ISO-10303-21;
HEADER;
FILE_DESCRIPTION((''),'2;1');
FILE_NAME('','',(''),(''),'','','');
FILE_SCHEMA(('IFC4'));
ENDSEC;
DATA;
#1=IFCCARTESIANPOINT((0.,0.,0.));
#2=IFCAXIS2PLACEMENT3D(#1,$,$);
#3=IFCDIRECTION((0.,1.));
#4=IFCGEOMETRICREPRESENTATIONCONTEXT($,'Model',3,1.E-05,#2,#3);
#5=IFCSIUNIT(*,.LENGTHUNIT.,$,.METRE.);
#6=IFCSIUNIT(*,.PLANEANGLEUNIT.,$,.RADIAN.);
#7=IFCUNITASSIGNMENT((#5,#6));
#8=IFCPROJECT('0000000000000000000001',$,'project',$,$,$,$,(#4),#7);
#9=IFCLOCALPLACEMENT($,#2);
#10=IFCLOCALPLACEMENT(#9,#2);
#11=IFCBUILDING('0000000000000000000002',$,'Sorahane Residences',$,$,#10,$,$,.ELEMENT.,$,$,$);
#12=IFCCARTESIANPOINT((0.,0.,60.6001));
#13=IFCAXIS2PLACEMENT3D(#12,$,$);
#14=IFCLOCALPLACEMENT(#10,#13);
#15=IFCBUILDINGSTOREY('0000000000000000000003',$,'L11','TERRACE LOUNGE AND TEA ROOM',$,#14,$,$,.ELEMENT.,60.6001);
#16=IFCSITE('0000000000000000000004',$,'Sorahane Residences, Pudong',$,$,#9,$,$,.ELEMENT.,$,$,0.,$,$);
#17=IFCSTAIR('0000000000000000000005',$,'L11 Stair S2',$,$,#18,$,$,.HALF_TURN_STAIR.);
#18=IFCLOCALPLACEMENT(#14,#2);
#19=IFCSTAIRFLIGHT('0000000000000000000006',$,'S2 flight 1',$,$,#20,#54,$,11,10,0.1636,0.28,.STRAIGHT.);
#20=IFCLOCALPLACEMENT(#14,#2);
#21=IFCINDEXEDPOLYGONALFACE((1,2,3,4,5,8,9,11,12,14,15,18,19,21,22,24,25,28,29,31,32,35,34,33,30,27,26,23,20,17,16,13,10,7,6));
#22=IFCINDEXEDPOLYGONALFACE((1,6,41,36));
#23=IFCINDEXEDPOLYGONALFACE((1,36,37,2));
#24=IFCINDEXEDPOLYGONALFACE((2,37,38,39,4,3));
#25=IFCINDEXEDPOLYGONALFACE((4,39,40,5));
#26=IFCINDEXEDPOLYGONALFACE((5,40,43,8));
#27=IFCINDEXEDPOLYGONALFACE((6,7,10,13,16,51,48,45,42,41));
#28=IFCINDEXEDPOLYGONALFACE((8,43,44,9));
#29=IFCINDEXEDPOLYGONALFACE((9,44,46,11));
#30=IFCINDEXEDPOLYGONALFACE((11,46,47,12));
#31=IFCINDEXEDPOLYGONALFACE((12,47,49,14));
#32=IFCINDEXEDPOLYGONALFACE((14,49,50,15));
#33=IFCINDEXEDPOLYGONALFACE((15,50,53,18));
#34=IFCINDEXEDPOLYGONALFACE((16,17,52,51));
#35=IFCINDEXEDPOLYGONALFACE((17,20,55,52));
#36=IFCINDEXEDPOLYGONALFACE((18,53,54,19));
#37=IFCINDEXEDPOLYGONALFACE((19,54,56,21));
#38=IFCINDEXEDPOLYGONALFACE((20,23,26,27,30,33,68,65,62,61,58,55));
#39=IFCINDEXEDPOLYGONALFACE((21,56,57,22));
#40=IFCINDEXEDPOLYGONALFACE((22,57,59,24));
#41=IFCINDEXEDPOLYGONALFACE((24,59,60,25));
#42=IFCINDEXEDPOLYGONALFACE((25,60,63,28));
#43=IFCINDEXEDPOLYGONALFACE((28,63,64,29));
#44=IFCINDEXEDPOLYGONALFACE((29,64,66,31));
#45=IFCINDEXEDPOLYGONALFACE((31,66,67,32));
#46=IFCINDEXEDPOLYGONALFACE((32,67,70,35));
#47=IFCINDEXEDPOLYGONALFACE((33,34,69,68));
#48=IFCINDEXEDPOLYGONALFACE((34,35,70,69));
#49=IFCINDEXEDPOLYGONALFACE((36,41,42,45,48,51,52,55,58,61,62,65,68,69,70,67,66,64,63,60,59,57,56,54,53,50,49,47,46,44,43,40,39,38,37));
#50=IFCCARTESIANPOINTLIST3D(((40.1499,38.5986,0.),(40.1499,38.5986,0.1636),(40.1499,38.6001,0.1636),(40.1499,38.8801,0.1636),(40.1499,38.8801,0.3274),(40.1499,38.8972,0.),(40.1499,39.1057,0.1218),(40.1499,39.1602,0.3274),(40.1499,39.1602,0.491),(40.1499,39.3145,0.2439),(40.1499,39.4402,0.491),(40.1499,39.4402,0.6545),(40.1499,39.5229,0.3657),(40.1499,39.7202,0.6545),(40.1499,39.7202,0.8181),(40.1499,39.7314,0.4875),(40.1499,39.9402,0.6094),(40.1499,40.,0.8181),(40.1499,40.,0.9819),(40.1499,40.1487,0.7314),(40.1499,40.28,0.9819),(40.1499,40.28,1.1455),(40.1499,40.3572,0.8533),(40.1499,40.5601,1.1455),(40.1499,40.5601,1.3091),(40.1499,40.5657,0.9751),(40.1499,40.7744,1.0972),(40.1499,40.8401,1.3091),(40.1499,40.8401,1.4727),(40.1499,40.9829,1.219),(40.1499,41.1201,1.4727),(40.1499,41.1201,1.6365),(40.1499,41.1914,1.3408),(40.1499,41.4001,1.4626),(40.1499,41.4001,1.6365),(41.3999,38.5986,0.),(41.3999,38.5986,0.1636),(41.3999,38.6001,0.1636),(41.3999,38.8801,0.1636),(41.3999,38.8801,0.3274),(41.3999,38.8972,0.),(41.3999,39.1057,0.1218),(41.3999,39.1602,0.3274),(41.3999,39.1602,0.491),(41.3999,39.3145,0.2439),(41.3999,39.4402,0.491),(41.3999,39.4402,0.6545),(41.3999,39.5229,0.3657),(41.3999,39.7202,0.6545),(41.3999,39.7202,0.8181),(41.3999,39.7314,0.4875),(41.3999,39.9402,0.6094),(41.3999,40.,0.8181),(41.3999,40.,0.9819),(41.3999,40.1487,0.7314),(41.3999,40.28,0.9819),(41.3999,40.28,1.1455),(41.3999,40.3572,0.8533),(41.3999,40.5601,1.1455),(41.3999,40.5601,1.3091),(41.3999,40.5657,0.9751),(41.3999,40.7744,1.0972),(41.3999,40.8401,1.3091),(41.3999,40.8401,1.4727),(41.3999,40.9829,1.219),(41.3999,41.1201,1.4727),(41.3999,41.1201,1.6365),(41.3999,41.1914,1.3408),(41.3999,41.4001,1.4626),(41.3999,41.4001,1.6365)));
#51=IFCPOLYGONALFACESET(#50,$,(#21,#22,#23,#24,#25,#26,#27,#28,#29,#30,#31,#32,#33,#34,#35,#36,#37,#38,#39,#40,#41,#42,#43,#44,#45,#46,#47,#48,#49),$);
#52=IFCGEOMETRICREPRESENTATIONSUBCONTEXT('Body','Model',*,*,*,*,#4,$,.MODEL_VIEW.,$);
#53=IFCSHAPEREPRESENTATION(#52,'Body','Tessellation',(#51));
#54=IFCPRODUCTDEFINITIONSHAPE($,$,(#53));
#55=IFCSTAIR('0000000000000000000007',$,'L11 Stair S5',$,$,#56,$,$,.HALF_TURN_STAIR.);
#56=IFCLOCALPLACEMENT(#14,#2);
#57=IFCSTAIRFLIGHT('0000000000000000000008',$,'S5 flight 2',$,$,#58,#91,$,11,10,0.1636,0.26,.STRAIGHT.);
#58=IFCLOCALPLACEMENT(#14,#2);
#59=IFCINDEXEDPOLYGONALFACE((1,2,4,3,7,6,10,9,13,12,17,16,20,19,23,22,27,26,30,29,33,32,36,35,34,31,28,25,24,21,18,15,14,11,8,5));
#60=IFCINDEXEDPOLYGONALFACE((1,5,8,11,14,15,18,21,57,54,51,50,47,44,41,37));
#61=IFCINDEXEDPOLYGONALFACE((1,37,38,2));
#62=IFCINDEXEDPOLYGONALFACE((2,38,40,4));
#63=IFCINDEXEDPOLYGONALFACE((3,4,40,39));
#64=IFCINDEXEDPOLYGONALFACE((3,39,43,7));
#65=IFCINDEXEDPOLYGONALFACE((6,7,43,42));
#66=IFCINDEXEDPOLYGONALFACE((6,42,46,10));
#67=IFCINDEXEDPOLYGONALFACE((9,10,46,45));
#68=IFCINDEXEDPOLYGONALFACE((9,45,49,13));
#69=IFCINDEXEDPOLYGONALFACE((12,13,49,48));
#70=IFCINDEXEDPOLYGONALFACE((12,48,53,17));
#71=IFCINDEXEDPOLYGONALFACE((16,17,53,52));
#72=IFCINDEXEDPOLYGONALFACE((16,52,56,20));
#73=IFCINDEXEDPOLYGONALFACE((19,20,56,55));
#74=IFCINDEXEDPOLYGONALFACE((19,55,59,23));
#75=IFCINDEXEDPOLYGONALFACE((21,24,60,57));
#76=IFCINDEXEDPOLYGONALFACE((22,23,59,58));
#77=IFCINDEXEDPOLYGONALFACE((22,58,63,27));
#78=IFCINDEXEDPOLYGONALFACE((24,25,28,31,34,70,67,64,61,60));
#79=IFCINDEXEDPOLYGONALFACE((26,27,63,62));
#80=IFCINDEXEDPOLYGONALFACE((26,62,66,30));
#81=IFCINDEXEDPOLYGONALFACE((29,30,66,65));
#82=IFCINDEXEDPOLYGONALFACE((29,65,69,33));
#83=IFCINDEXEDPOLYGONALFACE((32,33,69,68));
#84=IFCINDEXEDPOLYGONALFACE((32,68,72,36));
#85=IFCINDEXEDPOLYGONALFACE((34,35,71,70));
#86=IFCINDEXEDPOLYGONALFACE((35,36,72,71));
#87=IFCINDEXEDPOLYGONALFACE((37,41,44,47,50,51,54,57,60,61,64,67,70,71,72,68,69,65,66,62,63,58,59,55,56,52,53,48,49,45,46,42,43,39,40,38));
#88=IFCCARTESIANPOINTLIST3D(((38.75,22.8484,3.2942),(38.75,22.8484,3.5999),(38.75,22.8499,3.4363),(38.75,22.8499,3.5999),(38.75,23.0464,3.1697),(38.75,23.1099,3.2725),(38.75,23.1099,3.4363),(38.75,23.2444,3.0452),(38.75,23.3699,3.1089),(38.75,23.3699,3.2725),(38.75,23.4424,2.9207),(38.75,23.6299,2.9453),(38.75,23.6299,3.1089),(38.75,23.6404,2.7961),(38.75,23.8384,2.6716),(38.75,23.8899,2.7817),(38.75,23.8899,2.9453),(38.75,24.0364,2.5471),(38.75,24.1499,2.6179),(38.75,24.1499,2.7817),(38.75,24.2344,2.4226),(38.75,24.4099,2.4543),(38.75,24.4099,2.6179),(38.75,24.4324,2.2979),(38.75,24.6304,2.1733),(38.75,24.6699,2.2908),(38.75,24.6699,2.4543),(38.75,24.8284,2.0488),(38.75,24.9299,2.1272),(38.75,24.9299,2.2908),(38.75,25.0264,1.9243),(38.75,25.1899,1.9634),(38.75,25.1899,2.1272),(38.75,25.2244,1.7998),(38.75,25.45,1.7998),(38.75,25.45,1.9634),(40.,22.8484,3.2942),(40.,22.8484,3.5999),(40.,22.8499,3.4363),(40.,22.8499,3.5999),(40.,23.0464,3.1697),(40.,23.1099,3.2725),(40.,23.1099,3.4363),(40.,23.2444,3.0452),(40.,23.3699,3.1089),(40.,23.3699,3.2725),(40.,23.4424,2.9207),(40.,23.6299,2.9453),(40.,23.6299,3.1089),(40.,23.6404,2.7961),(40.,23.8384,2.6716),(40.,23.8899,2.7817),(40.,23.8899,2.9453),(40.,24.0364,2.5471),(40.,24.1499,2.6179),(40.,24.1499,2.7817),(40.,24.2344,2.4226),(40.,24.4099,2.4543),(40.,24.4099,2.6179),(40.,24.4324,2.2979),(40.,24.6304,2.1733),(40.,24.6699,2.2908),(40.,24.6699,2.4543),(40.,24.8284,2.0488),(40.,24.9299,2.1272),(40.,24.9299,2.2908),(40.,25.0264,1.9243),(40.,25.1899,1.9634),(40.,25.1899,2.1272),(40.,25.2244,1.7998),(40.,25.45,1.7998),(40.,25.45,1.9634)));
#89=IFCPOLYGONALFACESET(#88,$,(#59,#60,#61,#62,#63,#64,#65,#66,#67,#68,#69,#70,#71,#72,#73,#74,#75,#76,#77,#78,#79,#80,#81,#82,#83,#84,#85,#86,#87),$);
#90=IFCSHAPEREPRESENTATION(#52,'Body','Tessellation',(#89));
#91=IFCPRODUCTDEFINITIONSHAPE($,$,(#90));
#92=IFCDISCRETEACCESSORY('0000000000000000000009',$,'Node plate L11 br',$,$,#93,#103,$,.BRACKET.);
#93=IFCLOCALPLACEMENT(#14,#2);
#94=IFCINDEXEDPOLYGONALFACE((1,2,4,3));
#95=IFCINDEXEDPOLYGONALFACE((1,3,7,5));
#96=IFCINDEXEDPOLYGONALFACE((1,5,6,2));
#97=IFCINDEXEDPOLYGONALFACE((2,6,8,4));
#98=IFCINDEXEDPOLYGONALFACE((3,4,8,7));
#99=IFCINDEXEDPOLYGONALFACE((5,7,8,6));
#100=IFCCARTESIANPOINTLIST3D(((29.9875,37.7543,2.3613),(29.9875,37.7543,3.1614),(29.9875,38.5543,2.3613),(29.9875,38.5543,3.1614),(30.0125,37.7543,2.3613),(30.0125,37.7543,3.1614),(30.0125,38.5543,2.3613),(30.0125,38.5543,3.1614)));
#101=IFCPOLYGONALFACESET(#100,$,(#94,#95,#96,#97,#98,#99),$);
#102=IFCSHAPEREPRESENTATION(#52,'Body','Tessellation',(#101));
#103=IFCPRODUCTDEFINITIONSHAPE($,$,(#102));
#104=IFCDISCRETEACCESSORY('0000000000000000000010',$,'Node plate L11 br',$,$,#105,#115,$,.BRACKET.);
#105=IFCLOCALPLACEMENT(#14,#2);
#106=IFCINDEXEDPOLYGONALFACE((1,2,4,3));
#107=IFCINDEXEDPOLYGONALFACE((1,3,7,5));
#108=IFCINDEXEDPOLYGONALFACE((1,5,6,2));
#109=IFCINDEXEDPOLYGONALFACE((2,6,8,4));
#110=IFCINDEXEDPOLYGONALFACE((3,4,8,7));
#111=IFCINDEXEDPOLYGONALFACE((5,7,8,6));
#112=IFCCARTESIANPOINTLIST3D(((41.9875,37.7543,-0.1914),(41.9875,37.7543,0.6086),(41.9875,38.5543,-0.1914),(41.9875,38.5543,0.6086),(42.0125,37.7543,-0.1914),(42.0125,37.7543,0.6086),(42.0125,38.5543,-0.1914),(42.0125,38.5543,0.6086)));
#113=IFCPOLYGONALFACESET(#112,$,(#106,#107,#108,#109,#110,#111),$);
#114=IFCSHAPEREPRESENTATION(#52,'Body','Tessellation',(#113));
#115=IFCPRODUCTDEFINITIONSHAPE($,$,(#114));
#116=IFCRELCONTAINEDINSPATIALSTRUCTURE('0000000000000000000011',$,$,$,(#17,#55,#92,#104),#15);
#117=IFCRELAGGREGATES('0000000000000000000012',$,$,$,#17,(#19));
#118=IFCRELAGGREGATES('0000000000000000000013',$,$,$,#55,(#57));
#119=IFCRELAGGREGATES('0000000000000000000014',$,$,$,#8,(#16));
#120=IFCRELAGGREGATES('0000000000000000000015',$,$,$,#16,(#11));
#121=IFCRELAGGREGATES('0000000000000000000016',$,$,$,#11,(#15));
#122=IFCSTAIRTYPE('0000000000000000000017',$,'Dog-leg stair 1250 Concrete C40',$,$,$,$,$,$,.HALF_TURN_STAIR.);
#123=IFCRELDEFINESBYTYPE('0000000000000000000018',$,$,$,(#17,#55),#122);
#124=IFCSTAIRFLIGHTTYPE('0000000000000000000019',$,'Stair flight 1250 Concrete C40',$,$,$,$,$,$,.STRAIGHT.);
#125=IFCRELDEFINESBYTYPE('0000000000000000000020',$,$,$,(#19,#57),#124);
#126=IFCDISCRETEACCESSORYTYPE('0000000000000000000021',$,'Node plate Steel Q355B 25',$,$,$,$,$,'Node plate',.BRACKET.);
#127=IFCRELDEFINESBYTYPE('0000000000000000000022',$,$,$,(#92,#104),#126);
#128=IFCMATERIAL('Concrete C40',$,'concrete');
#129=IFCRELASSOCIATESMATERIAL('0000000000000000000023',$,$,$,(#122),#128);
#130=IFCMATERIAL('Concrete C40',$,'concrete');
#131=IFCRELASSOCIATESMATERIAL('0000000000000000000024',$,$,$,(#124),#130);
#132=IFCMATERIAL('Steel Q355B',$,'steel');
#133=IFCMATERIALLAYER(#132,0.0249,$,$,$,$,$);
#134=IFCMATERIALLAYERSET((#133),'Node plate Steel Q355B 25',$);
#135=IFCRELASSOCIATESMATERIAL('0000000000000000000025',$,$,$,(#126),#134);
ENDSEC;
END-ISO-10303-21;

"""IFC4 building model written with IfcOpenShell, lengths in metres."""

from ifc_helpers import new_model, si_unit, direction, frame, origin, origin_2d, place, context, subcontext, project, spatial, polyline, rectangle, outline, extrude, material, layer, layer_set, type_object, element, aggregate, save


model = new_model("IFC4")

# Units and contexts
model_context = context("Model", 3, precision=1e-05, world=origin(), true_north=direction((0.0, 1.0)))
body_context = subcontext(model_context, "Body", "Model", "MODEL_VIEW")
ifc_project = project(units=[si_unit("LENGTHUNIT", "METRE"), si_unit("PLANEANGLEUNIT", "RADIAN")], contexts=[model_context])

# Site, building, storey
site_placement = place(None, origin())
site = spatial("IfcSite", under=ifc_project, at=site_placement, Name="Sorahane Residences, Pudong", CompositionType="ELEMENT", RefElevation=0.0)
building_placement = place(site_placement, origin())
building = spatial("IfcBuilding", under=site, at=building_placement, Name="Sorahane Residences", CompositionType="ELEMENT")
storey_placement = place(building_placement, frame((0.0, 0.0, 60.6001)))
storey = spatial("IfcBuildingStorey", under=building, at=storey_placement, Name="L11", Description="TERRACE LOUNGE AND TEA ROOM", CompositionType="ELEMENT", Elevation=60.6001)

# Stairs, stair flights
ifc_material_1 = material(Name="Concrete C40", Category="concrete")
stair_type = type_object("IfcStairType", Name="Dog-leg stair 1250 Concrete C40", PredefinedType="HALF_TURN_STAIR", material=ifc_material_1)
stair_1_placement = place(storey_placement, origin())
stair_1 = element("IfcStair", 1, at=stair_1_placement, inside=storey, type_object=stair_type, Name="L11 Stair S2", PredefinedType="HALF_TURN_STAIR")
ifc_material_2 = material(Name="Concrete C40", Category="concrete")
stair_flight_type = type_object("IfcStairFlightType", Name="Stair flight 1250 Concrete C40", PredefinedType="STRAIGHT", material=ifc_material_2)
stair_flight_1_placement = place(storey_placement, frame((40.7749, 38.6001, 0.0), z_axis=(0.0, 0.0, 1.0), x_axis=(0.0, 1.0, 0.0)))
stair_flight_1 = element("IfcStairFlight", 2, at=stair_flight_1_placement, type_object=stair_flight_type, Name="S2 flight 1", NumberOfRisers=11, NumberOfTreads=10, PredefinedType="STRAIGHT", RiserHeight=0.1636, TreadLength=0.28, context=body_context, shape_type="SweptSolid", body=[
    extrude(outline(polyline([(-0.0015, 0.0), (-0.0015, 0.1636), (0.0, 0.1636), (0.28, 0.1636), (0.28, 0.3274), (0.5601, 0.3274), (0.5601, 0.491), (0.8401, 0.491), (0.8401, 0.6545), (1.1201, 0.6545), (1.1201, 0.8181), (1.3999, 0.8181), (1.3999, 0.9819), (1.6799, 0.9819), (1.6799, 1.1455), (1.96, 1.1455), (1.96, 1.3091), (2.24, 1.3091), (2.24, 1.4727), (2.52, 1.4727), (2.52, 1.6365), (2.8, 1.6365), (2.8, 1.8), (2.8, 1.4626), (2.5913, 1.3408), (2.3828, 1.219), (2.1743, 1.0972), (1.9656, 0.9751), (1.7571, 0.8533), (1.5486, 0.7314), (1.3401, 0.6094), (1.1313, 0.4875), (0.9229, 0.3657), (0.7144, 0.2439), (0.5056, 0.1218), (0.2971, 0.0), (-0.0015, 0.0)])), frame((0.0, 0.625, 0.0), z_axis=(0.0, -1.0, 0.0), x_axis=(1.0, 0.0, 0.0)), (0.0, 0.0, 1.0), 1.25),
])
aggregate(stair_1, [stair_flight_1])
stair_2_placement = place(storey_placement, origin())
stair_2 = element("IfcStair", 3, at=stair_2_placement, inside=storey, type_object=stair_type, Name="L11 Stair S5", PredefinedType="HALF_TURN_STAIR")
stair_flight_2_placement = place(storey_placement, frame((39.375, 25.45, 1.7998), z_axis=(0.0, 0.0, 1.0), x_axis=(0.0, -1.0, 0.0)))
stair_flight_2 = element("IfcStairFlight", 4, at=stair_flight_2_placement, type_object=stair_flight_type, Name="S5 flight 2", NumberOfRisers=11, NumberOfTreads=10, PredefinedType="STRAIGHT", RiserHeight=0.1636, TreadLength=0.26, context=body_context, shape_type="SweptSolid", body=[
    extrude(outline(polyline([(0.0, 0.0), (0.0, 0.1636), (0.26, 0.1636), (0.26, 0.3274), (0.52, 0.3274), (0.52, 0.491), (0.78, 0.491), (0.78, 0.6545), (1.04, 0.6545), (1.04, 0.8181), (1.3, 0.8181), (1.3, 0.9819), (1.5601, 0.9819), (1.5601, 1.1455), (1.8201, 1.1455), (1.8201, 1.3091), (2.0801, 1.3091), (2.0801, 1.4727), (2.3401, 1.4727), (2.3401, 1.6365), (2.6001, 1.6365), (2.6001, 1.8), (2.6016, 1.8), (2.6016, 1.4944), (2.4036, 1.3699), (2.2056, 1.2454), (2.0076, 1.1208), (1.8096, 0.9963), (1.6116, 0.8718), (1.4136, 0.7473), (1.2156, 0.6228), (1.0176, 0.498), (0.8196, 0.3735), (0.6216, 0.249), (0.4236, 0.1245), (0.2256, 0.0), (0.0, 0.0)])), frame((0.0, 0.625, 0.0), z_axis=(0.0, -1.0, 0.0), x_axis=(1.0, 0.0, 0.0)), (0.0, 0.0, 1.0), 1.25),
])
aggregate(stair_2, [stair_flight_2])

# Discrete accessories
ifc_material_3 = material(Name="Steel Q355B", Category="steel")
ifc_layer_1 = layer(ifc_material_3, 0.0249)
ifc_layer_set_1 = layer_set([ifc_layer_1], Name="Node plate Steel Q355B 25")
discrete_accessory_type = type_object("IfcDiscreteAccessoryType", Name="Node plate Steel Q355B 25", ElementType="Node plate", PredefinedType="BRACKET", material=ifc_layer_set_1)
for number, where, z_axis, x_axis, name in (
    (5, (30.0, 38.1543, 2.3613), (0.0, 0.0, 1.0), (0.0, 1.0, 0.0), "Node plate L11 br"),
    (6, (42.0, 38.1543, -0.1914), (0.0, 0.0, 1.0), (0.0, 1.0, 0.0), "Node plate L11 br"),
):
    element("IfcDiscreteAccessory", number, at=place(storey_placement, frame(where, z_axis=z_axis, x_axis=x_axis)), inside=storey, type_object=discrete_accessory_type, Name=name, PredefinedType="BRACKET", context=body_context, shape_type="SweptSolid", body=[
        extrude(rectangle(XDim=0.8, YDim=0.0249, at=origin_2d()), origin(), (0.0, 0.0, 1.0), 0.8),
    ])

save(model, "model.ifc")
